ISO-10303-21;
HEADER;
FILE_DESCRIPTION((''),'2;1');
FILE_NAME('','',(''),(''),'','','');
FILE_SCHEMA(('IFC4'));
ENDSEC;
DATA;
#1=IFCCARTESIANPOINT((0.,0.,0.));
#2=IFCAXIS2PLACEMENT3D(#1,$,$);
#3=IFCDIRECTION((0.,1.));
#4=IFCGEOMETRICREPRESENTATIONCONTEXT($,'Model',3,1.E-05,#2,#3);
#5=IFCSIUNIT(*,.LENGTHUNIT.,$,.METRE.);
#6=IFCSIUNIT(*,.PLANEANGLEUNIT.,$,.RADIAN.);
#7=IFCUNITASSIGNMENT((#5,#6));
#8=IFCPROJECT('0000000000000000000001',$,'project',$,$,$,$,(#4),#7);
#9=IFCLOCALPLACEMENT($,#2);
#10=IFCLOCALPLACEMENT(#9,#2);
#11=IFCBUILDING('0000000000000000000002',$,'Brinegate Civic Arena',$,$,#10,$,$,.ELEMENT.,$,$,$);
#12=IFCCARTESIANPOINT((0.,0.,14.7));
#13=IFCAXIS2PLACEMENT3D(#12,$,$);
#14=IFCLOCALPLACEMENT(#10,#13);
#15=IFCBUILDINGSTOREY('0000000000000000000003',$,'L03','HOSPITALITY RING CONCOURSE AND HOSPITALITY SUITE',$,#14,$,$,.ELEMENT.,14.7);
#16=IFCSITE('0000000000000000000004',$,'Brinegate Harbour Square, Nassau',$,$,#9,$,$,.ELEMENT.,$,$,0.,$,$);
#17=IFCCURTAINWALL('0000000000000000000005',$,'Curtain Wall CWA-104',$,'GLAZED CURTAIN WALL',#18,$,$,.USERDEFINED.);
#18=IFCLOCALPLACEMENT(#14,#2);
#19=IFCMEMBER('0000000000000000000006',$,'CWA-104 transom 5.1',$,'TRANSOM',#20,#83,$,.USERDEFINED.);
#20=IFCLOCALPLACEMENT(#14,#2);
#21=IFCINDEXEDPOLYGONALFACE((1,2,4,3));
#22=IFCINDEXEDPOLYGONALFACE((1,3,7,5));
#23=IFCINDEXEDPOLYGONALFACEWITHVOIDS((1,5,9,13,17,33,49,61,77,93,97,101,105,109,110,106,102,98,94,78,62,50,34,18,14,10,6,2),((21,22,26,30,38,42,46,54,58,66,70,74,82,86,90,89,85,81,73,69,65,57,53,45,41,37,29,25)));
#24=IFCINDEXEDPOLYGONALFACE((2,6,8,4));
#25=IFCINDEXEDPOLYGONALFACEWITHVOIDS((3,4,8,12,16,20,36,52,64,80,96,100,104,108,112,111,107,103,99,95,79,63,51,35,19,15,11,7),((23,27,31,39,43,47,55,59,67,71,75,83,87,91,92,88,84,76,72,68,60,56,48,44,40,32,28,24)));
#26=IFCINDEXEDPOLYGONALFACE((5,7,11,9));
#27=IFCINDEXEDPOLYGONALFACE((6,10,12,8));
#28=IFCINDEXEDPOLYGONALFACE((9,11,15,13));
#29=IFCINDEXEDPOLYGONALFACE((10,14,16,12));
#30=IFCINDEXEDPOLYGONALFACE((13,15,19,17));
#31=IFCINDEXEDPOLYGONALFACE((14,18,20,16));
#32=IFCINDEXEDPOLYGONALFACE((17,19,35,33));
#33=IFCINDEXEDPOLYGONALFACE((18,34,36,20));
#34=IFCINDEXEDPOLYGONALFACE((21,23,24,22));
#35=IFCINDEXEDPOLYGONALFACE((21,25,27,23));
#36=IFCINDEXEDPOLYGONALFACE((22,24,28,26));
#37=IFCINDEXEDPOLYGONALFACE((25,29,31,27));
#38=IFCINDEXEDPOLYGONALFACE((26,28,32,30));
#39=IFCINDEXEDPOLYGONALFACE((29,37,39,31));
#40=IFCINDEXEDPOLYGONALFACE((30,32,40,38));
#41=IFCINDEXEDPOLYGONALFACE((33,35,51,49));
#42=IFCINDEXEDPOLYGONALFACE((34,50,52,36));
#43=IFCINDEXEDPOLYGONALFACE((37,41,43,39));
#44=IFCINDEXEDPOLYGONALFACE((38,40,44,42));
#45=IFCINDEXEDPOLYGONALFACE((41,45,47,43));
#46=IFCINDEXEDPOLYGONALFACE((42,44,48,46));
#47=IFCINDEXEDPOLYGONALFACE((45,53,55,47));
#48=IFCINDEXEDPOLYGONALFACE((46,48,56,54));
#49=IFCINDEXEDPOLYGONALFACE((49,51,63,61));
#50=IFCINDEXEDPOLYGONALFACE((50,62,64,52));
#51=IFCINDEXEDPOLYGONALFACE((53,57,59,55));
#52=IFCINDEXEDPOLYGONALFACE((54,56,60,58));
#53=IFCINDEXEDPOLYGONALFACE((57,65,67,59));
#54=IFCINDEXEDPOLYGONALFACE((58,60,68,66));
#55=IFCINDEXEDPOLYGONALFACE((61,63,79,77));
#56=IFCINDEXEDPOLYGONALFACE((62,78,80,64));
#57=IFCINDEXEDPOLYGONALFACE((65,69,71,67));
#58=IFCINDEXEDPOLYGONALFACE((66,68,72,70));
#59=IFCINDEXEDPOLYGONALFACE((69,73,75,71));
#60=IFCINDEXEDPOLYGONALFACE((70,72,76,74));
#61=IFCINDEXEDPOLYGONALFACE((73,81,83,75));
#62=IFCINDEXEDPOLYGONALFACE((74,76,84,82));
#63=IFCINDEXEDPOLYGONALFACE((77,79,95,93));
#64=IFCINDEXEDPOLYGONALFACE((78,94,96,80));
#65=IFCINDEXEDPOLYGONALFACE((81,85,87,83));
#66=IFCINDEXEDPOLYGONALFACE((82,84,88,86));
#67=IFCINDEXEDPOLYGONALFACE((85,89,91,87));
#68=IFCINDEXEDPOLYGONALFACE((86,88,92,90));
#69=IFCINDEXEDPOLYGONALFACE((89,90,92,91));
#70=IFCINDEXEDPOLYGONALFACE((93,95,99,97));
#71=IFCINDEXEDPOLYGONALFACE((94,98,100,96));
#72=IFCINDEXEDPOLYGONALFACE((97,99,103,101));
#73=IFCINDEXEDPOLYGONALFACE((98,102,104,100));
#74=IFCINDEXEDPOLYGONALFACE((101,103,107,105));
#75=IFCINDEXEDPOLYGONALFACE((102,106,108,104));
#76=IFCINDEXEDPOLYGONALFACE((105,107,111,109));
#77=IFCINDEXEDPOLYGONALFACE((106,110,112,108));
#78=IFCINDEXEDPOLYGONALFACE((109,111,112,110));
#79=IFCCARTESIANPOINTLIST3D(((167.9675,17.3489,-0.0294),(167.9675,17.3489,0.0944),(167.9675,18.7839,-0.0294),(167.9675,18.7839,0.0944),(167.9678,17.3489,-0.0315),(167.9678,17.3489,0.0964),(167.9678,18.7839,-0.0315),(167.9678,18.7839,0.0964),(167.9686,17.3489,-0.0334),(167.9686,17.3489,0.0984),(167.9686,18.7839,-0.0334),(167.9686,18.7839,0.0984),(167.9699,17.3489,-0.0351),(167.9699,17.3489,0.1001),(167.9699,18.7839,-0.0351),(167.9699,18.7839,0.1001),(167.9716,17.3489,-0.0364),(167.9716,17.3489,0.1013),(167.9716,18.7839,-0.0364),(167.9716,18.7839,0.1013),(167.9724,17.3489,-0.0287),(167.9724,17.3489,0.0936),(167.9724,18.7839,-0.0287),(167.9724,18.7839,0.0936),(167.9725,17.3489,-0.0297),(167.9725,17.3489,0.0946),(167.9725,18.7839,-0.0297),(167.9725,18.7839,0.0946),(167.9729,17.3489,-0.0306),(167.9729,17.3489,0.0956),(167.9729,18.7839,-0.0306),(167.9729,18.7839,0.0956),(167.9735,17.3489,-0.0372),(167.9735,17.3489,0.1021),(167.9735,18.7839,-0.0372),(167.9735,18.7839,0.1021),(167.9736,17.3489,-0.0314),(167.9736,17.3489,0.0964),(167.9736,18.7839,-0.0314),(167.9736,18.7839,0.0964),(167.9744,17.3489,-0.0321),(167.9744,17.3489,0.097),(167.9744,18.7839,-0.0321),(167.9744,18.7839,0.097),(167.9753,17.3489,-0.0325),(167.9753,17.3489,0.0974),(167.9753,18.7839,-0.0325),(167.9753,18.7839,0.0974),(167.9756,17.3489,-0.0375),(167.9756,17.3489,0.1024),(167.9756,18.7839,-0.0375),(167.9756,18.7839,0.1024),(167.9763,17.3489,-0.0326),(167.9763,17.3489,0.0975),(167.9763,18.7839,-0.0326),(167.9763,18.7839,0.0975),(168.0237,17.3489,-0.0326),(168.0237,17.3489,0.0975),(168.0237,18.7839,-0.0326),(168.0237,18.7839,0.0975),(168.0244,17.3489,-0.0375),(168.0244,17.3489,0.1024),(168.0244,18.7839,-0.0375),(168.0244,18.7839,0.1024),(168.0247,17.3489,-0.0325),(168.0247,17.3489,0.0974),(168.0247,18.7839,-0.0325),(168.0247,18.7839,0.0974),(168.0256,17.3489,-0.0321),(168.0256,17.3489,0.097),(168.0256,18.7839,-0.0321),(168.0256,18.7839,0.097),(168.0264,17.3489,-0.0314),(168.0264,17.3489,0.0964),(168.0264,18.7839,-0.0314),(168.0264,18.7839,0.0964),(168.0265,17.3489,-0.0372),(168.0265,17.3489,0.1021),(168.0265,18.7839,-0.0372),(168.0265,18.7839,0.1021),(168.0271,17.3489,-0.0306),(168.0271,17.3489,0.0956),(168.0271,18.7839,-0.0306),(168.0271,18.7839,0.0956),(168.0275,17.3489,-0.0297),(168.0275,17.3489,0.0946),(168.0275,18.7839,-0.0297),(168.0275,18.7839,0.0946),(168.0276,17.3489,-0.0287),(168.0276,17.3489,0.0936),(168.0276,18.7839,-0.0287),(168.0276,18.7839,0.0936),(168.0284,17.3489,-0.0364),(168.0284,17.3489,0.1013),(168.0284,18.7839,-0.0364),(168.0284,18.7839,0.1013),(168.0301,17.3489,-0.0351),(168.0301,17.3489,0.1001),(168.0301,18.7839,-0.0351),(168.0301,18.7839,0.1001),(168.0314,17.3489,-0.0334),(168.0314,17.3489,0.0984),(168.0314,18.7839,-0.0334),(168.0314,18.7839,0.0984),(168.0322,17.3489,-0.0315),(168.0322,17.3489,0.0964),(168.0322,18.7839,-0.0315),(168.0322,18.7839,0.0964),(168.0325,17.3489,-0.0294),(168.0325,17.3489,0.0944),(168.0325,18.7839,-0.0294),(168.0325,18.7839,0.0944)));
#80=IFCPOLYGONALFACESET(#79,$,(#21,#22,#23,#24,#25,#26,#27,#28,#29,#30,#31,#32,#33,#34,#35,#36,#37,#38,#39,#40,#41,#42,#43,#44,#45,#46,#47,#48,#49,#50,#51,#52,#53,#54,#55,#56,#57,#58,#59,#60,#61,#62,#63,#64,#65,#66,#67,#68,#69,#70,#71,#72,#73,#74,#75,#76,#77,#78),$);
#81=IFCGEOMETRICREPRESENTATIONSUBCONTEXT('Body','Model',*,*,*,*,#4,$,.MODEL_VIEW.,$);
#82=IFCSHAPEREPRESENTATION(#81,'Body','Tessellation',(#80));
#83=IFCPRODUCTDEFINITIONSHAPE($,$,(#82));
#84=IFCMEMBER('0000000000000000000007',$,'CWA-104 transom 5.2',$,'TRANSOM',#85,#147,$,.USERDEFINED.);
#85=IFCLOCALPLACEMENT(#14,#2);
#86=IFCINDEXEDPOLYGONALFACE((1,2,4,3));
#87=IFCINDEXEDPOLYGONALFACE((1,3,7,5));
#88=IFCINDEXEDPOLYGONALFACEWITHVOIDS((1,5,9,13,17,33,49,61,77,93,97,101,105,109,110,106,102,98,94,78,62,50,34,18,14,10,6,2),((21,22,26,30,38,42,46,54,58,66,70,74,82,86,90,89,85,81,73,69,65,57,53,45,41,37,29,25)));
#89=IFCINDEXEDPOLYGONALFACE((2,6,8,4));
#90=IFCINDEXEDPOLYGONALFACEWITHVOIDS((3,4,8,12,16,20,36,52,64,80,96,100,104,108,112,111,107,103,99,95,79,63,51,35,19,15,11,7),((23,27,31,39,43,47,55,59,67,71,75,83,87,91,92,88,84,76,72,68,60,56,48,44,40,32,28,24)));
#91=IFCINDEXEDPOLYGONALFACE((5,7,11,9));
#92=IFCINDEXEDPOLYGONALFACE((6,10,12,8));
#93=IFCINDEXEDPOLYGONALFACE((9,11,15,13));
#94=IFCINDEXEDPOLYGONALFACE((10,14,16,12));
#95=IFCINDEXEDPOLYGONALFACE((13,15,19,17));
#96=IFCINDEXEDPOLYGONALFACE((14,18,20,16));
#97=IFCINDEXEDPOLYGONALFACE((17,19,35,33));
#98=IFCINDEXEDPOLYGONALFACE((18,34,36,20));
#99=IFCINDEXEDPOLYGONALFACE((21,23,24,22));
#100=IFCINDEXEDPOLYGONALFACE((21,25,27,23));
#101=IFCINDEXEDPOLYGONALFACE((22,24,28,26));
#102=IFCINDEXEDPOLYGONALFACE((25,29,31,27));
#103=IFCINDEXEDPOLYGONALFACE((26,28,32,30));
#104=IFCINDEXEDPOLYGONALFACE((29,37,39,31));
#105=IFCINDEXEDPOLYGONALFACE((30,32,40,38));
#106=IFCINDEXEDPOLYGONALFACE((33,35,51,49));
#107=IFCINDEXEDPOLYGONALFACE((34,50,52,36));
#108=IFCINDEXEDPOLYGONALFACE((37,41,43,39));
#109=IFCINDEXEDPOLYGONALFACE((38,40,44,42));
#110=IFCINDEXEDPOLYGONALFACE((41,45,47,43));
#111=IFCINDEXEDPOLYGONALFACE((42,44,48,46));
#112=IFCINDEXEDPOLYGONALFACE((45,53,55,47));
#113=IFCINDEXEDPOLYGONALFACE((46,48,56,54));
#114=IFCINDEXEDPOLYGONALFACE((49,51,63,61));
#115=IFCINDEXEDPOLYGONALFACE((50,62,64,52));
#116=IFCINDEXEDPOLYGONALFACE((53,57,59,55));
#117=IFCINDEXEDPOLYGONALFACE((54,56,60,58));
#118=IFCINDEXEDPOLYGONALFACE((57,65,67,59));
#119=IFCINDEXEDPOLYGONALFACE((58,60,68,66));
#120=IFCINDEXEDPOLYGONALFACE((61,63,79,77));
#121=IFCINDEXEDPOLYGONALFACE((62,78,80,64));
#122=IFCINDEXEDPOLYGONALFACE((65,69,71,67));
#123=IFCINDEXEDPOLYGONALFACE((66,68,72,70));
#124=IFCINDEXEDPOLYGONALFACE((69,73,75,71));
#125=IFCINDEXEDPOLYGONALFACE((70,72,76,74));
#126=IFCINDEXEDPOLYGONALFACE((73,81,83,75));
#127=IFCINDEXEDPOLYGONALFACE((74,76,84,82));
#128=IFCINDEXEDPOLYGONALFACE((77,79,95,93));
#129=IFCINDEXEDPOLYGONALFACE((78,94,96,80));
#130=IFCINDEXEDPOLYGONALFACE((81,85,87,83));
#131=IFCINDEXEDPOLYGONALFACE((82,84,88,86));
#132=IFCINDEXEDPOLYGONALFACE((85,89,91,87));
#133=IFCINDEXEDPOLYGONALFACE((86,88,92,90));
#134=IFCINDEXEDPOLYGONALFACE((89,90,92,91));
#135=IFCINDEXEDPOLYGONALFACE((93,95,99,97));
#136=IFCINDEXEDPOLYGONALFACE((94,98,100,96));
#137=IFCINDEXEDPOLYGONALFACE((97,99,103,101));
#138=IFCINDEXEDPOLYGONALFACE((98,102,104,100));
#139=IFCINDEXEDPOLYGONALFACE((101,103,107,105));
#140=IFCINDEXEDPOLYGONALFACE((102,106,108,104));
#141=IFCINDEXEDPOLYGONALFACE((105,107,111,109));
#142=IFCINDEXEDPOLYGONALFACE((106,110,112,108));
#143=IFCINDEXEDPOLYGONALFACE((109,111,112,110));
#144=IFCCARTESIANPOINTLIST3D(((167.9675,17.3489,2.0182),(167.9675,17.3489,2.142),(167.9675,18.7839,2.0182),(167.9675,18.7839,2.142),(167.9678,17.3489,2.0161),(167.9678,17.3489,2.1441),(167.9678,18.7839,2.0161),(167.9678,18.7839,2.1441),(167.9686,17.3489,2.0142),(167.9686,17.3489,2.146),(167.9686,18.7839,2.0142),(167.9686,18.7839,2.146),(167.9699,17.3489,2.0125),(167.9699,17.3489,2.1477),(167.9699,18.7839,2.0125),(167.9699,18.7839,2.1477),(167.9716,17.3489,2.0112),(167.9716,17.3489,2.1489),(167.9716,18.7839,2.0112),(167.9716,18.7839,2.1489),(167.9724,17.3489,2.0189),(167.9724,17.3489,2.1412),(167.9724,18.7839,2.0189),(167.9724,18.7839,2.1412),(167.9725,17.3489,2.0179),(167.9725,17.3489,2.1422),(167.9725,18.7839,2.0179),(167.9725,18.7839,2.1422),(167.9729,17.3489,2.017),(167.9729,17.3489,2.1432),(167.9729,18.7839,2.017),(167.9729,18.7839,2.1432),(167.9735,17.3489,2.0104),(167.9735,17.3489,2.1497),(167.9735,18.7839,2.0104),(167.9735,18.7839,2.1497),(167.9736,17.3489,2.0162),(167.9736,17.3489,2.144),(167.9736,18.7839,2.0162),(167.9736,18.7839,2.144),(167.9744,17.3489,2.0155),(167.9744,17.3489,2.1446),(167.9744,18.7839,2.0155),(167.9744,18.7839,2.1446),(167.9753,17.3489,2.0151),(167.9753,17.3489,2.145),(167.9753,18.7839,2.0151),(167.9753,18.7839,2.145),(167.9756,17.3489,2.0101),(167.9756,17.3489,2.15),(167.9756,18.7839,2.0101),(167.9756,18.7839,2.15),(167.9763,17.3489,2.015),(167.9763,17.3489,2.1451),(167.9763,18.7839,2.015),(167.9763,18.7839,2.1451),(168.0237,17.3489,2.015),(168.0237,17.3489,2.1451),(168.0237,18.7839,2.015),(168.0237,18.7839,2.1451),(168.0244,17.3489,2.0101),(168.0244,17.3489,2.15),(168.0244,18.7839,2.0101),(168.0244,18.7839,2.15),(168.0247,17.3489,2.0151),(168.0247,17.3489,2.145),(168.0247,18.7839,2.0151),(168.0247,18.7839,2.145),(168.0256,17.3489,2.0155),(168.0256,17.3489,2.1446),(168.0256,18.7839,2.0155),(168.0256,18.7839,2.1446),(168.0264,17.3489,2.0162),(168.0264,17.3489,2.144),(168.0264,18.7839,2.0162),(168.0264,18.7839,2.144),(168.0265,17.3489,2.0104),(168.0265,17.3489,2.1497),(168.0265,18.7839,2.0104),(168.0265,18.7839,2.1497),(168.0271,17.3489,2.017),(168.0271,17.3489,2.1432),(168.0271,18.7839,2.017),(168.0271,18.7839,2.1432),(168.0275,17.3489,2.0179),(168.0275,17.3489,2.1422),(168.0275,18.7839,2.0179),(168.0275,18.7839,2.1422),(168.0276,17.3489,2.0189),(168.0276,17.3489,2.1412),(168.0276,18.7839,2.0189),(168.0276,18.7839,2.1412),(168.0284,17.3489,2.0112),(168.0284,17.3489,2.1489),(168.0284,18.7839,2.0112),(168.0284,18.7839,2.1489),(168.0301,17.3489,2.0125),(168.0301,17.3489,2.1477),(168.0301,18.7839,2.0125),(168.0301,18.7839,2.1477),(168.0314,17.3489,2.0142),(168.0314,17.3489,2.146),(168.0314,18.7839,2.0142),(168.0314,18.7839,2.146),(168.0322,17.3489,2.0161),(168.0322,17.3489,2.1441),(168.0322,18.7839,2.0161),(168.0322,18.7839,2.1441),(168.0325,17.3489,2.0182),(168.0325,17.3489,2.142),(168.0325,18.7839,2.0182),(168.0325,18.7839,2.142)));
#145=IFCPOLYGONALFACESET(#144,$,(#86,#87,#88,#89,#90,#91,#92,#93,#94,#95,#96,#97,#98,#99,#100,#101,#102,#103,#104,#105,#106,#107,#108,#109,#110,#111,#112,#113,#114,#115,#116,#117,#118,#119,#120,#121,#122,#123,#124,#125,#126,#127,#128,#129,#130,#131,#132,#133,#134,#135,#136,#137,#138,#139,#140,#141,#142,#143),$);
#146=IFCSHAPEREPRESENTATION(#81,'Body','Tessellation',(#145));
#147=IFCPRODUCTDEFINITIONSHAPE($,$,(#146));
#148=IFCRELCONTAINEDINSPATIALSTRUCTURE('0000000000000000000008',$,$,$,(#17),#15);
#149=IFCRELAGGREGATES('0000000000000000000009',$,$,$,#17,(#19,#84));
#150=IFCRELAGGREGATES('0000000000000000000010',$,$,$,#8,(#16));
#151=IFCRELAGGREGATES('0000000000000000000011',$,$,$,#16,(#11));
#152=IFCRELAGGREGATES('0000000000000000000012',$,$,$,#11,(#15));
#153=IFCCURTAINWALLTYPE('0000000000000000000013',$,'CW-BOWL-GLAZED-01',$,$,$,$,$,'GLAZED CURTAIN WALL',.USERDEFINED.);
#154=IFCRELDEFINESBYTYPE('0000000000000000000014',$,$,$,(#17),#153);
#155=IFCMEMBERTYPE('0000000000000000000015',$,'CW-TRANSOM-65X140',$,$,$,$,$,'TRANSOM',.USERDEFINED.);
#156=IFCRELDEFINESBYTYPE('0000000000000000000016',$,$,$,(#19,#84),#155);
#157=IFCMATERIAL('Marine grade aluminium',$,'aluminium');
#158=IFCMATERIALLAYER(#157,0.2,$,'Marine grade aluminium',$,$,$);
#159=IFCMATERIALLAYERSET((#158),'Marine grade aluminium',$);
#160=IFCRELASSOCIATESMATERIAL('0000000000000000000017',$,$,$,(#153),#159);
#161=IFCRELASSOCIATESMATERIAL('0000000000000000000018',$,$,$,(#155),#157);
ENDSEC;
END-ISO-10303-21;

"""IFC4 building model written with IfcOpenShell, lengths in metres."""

from ifc_helpers import new_model, si_unit, direction, frame, origin, origin_2d, place, context, subcontext, project, spatial, hollow_rectangle, extrude, material, layer, layer_set, material_profile, profile_set, type_object, element, aggregate, save


model = new_model("IFC4")

# Units and contexts
model_context = context("Model", 3, precision=1e-05, world=origin(), true_north=direction((0.0, 1.0)))
body_context = subcontext(model_context, "Body", "Model", "MODEL_VIEW")
ifc_project = project(units=[si_unit("LENGTHUNIT", "METRE"), si_unit("PLANEANGLEUNIT", "RADIAN")], contexts=[model_context])

# Site, building, storey
site_placement = place(None, origin())
site = spatial("IfcSite", under=ifc_project, at=site_placement, Name="Brinegate Harbour Square, Nassau", CompositionType="ELEMENT", RefElevation=0.0)
building_placement = place(site_placement, origin())
building = spatial("IfcBuilding", under=site, at=building_placement, Name="Brinegate Civic Arena", CompositionType="ELEMENT")
storey_placement = place(building_placement, frame((0.0, 0.0, 14.7)))
storey = spatial("IfcBuildingStorey", under=building, at=storey_placement, Name="L03", Description="HOSPITALITY RING CONCOURSE AND HOSPITALITY SUITE", CompositionType="ELEMENT", Elevation=14.7)

# Curtain wall, members
ifc_material_1 = material(Name="Marine grade aluminium", Category="aluminium")
ifc_layer_1 = layer(ifc_material_1, 0.2, Name="Marine grade aluminium")
ifc_layer_set_1 = layer_set([ifc_layer_1], Name="Marine grade aluminium")
curtain_wall_type = type_object("IfcCurtainWallType", Name="CW-BOWL-GLAZED-01", ElementType="GLAZED CURTAIN WALL", PredefinedType="USERDEFINED", material=ifc_layer_set_1)
curtain_wall_placement = place(storey_placement, origin())
curtain_wall = element("IfcCurtainWall", 1, at=curtain_wall_placement, inside=storey, type_object=curtain_wall_type, Name="Curtain Wall CWA-104", ObjectType="GLAZED CURTAIN WALL", PredefinedType="USERDEFINED")
ifc_material_profile_1 = material_profile(ifc_material_1, hollow_rectangle(XDim=0.0649, YDim=0.1399, WallThickness=0.0049, InnerFilletRadius=0.0039, OuterFilletRadius=0.0081, at=origin_2d()), Name="TRN65X140")
ifc_profile_set_1 = profile_set([ifc_material_profile_1], Name="Marine grade aluminium")
member_type_1 = type_object("IfcMemberType", Name="CW-TRANSOM-65X140", ElementType="TRANSOM", PredefinedType="USERDEFINED", material=ifc_profile_set_1)
member_1_placement = place(storey_placement, frame((168.0, 17.3489, 0.0325), z_axis=(0.0, 1.0, 0.0), x_axis=(-1.0, 0.0, 0.0)))
member_1 = element("IfcMember", 2, at=member_1_placement, type_object=member_type_1, Name="CWA-104 transom 5.1", ObjectType="TRANSOM", PredefinedType="USERDEFINED", context=body_context, shape_type="SweptSolid", body=[
    extrude(hollow_rectangle(XDim=0.0649, YDim=0.1399, WallThickness=0.0049, InnerFilletRadius=0.0039, OuterFilletRadius=0.0081, at=origin_2d()), origin(), (0.0, 0.0, 1.0), 1.4351),
])
member_2_placement = place(storey_placement, frame((168.0, 17.3489, 2.0801), z_axis=(0.0, 1.0, 0.0), x_axis=(-1.0, 0.0, 0.0)))
member_2 = element("IfcMember", 3, at=member_2_placement, type_object=member_type_1, Name="CWA-104 transom 5.2", ObjectType="TRANSOM", PredefinedType="USERDEFINED", context=body_context, shape_type="SweptSolid", body=[
    extrude(hollow_rectangle(XDim=0.0649, YDim=0.1399, WallThickness=0.0049, InnerFilletRadius=0.0039, OuterFilletRadius=0.0081, at=origin_2d()), origin(), (0.0, 0.0, 1.0), 1.4351),
])

aggregate(curtain_wall, [member_1, member_2])

save(model, "model.ifc")
